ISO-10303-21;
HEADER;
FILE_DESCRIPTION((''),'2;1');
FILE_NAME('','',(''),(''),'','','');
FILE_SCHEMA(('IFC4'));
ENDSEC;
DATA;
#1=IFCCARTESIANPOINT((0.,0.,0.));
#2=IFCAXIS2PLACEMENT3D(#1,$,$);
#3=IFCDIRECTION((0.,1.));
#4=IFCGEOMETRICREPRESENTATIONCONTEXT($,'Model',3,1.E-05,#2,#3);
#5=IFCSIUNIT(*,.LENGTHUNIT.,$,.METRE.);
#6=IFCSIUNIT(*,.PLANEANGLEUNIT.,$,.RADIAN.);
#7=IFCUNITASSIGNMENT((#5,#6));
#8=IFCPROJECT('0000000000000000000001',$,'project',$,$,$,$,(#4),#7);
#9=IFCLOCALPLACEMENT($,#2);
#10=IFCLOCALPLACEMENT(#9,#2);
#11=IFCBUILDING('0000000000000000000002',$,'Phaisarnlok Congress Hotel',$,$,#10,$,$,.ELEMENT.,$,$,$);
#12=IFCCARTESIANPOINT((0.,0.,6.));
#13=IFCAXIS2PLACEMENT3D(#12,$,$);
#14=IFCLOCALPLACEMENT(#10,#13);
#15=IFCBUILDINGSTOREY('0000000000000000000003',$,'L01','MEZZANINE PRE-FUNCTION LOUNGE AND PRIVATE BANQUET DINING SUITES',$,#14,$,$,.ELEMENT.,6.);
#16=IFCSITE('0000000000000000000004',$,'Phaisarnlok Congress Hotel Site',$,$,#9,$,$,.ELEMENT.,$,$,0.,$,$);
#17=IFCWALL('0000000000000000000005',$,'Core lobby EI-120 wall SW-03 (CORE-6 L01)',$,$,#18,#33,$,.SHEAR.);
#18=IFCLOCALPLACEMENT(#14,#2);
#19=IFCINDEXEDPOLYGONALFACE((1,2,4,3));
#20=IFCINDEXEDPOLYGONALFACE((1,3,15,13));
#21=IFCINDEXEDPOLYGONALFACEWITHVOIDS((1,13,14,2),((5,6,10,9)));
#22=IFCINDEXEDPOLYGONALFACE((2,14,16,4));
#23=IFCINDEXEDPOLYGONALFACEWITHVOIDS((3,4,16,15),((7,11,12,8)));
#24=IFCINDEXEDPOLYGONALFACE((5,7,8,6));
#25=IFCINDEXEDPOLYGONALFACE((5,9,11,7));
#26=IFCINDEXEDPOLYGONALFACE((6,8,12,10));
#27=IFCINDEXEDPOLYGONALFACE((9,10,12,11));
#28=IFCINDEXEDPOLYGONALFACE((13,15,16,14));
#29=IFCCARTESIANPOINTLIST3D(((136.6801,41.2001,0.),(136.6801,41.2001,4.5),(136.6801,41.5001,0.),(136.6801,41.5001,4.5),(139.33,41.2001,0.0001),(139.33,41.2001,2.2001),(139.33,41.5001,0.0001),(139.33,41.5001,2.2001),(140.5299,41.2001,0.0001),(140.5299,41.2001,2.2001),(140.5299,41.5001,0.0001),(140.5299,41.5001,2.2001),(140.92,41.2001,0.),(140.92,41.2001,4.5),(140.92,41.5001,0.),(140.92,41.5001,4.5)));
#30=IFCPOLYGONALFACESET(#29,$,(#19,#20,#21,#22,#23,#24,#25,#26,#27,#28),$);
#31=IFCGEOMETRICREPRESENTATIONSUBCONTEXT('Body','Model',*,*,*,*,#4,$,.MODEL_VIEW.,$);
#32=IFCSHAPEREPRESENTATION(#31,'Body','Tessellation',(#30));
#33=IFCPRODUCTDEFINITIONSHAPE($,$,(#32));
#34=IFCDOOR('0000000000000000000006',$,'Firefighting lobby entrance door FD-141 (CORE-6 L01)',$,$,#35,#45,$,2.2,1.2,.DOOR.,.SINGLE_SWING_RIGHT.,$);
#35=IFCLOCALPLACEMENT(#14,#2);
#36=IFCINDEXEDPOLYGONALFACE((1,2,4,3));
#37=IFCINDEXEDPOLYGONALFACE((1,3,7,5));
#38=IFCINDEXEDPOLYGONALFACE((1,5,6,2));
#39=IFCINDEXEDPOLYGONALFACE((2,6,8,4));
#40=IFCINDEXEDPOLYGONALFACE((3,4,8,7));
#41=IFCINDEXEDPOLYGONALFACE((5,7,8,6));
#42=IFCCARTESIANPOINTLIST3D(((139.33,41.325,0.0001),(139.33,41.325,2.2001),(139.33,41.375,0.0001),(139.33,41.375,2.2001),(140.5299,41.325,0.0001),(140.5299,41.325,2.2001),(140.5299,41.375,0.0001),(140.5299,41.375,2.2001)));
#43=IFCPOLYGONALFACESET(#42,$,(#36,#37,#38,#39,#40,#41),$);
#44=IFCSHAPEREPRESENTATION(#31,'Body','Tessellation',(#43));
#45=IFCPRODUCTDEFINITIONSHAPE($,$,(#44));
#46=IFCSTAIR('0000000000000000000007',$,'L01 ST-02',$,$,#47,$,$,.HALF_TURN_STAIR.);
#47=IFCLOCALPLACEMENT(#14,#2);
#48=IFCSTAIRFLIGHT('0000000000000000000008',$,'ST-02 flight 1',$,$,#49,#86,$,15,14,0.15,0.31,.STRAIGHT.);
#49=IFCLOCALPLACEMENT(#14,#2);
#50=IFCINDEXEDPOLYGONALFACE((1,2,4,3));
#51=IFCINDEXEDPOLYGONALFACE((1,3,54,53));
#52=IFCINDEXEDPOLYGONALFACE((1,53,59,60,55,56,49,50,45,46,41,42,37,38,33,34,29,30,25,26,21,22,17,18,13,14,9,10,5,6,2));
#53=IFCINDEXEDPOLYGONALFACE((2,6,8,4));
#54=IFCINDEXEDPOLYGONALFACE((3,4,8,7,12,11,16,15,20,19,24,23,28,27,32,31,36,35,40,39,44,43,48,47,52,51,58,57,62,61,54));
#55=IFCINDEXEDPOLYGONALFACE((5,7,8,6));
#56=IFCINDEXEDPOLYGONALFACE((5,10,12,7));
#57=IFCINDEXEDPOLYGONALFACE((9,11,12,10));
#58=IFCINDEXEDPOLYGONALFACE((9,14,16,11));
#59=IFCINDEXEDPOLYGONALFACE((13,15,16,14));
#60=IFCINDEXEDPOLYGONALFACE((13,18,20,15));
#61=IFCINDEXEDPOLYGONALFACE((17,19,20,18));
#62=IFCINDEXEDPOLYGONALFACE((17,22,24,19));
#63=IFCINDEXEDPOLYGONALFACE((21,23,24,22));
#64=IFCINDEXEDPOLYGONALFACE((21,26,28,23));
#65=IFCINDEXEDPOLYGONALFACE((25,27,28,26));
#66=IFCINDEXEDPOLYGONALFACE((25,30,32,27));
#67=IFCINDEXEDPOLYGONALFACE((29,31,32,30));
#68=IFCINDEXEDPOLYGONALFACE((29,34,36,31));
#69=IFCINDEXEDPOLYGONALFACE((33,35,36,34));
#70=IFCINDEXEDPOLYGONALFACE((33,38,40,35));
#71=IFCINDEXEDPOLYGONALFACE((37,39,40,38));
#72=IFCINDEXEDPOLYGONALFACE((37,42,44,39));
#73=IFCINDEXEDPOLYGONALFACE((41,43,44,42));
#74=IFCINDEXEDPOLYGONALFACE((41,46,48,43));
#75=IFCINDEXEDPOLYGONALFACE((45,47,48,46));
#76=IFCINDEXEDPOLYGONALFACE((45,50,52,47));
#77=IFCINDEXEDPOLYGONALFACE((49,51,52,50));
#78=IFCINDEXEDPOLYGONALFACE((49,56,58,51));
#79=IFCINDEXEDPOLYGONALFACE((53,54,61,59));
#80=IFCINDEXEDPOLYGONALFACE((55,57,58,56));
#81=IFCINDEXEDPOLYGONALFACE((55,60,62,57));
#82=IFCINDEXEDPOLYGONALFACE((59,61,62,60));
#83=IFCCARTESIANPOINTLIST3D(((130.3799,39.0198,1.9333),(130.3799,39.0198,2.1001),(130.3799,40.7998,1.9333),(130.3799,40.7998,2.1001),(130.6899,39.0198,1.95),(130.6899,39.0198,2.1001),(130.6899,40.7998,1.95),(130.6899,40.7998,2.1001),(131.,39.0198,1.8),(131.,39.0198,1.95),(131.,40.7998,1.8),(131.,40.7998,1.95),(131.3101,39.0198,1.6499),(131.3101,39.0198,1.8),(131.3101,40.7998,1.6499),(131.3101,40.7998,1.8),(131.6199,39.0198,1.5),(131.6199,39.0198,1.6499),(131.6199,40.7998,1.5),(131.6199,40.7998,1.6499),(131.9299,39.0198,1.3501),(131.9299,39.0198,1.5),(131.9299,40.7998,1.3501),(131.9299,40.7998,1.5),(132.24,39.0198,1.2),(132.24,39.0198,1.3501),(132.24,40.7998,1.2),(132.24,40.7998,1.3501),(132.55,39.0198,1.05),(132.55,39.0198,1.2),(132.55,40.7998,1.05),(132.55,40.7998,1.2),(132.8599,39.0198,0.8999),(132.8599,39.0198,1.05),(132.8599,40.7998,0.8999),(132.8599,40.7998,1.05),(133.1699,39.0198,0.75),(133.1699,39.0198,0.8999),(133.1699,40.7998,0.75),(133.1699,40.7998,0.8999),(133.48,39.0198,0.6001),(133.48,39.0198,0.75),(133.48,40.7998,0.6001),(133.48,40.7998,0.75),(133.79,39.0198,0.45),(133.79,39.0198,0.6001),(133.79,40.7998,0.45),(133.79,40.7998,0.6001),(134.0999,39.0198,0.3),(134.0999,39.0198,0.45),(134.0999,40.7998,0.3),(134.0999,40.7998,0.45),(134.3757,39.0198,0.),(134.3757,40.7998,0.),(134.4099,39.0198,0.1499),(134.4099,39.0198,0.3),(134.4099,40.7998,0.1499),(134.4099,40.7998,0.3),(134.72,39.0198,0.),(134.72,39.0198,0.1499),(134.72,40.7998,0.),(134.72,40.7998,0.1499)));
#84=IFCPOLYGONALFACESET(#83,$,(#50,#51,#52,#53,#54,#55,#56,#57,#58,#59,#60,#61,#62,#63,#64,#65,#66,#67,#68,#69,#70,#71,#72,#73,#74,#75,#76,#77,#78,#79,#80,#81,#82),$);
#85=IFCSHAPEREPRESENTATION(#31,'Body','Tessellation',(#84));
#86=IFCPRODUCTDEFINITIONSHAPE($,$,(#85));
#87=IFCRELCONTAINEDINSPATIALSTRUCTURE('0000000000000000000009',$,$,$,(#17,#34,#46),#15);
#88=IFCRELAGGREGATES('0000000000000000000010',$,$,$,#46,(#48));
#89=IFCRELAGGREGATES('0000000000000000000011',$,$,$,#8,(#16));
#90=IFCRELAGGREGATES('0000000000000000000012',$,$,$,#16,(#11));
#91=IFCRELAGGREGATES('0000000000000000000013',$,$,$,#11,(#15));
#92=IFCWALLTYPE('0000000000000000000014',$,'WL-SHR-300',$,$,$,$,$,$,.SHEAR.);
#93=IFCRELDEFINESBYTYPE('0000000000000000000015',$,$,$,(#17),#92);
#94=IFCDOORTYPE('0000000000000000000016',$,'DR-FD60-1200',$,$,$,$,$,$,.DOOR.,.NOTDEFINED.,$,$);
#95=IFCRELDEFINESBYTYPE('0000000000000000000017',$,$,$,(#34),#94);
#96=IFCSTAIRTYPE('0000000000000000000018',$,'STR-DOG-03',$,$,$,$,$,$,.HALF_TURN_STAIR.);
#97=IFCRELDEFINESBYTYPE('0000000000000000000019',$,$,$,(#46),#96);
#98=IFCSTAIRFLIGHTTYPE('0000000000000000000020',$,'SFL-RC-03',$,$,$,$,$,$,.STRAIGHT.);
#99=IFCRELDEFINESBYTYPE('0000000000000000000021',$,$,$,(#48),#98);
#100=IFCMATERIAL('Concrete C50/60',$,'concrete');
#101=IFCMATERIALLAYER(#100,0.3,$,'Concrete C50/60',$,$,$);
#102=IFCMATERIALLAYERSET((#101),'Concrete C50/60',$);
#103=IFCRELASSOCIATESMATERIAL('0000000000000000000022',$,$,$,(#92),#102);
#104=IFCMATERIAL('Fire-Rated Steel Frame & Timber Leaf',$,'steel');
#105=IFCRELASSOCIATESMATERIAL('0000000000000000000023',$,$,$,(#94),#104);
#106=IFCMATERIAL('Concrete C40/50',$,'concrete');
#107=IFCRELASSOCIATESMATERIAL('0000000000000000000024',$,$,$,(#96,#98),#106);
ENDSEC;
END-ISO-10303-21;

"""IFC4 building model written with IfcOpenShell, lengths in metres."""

from ifc_helpers import new_model, si_unit, direction, frame, frame_2d, origin, place, context, subcontext, project, spatial, polyline, rectangle, outline, extrude, material, layer, layer_set, type_object, element, fill, aggregate, save


model = new_model("IFC4")

# Units and contexts
model_context = context("Model", 3, precision=1e-05, world=origin(), true_north=direction((0.0, 1.0)))
body_context = subcontext(model_context, "Body", "Model", "MODEL_VIEW")
ifc_project = project(units=[si_unit("LENGTHUNIT", "METRE"), si_unit("PLANEANGLEUNIT", "RADIAN")], contexts=[model_context])

# Site, building, storey
site_placement = place(None, origin())
site = spatial("IfcSite", under=ifc_project, at=site_placement, Name="Phaisarnlok Congress Hotel Site", CompositionType="ELEMENT", RefElevation=0.0)
building_placement = place(site_placement, origin())
building = spatial("IfcBuilding", under=site, at=building_placement, Name="Phaisarnlok Congress Hotel", CompositionType="ELEMENT")
storey_placement = place(building_placement, frame((0.0, 0.0, 6.0)))
storey = spatial("IfcBuildingStorey", under=building, at=storey_placement, Name="L01", Description="MEZZANINE PRE-FUNCTION LOUNGE AND PRIVATE BANQUET DINING SUITES", CompositionType="ELEMENT", Elevation=6.0)

# Shared definitions
ifc_material_1 = material(Name="Concrete C50/60", Category="concrete")

# Shared definitions
ifc_material_2 = material(Name="Concrete C40/50", Category="concrete")

# Wall, opening, door
ifc_layer_1 = layer(ifc_material_1, 0.3, Name="Concrete C50/60")
ifc_layer_set_1 = layer_set([ifc_layer_1], Name="Concrete C50/60")
wall_type_1 = type_object("IfcWallType", Name="WL-SHR-300", PredefinedType="SHEAR", material=ifc_layer_set_1)
wall_1_placement = place(storey_placement, frame((136.6799, 41.3501, 0.0), z_axis=(0.0, 0.0, 1.0), x_axis=(1.0, 0.0, 0.0)))
wall_1 = element("IfcWall", 1, at=wall_1_placement, inside=storey, type_object=wall_type_1, Name="Core lobby EI-120 wall SW-03 (CORE-6 L01)", PredefinedType="SHEAR", context=body_context, shape_type="SweptSolid", body=[
    extrude(rectangle(XDim=4.24, YDim=0.3, at=frame_2d((2.1201, 0.0))), origin(), (0.0, 0.0, 1.0), 4.5),
])
opening_1_placement = place(wall_1_placement, frame((2.6499, 0.0, 0.0)))
opening_1 = element("IfcOpeningElement", 2, at=opening_1_placement, cuts=wall_1, PredefinedType="OPENING", context=body_context, shape_type="SweptSolid", body=[
    extrude(rectangle(XDim=1.2, YDim=2.2, at=frame_2d((0.6001, 1.1001))), frame((0.0, 0.1602, 0.0), z_axis=(0.0, -1.0, 0.0), x_axis=(1.0, 0.0, 0.0)), (0.0, 0.0, 1.0), 0.3201),
])
ifc_material_3 = material(Name="Fire-Rated Steel Frame & Timber Leaf", Category="steel")
door_type_1 = type_object("IfcDoorType", Name="DR-FD60-1200", OperationType="NOTDEFINED", PredefinedType="DOOR", material=ifc_material_3)
door_1_placement = place(opening_1_placement, origin())
door_1 = element("IfcDoor", 3, at=door_1_placement, inside=storey, type_object=door_type_1, Name="Firefighting lobby entrance door FD-141 (CORE-6 L01)", OperationType="SINGLE_SWING_RIGHT", OverallHeight=2.2, OverallWidth=1.2, PredefinedType="DOOR", context=body_context, shape_type="SweptSolid", body=[
    extrude(rectangle(XDim=1.2, YDim=2.2, at=frame_2d((0.6001, 1.1001))), frame((0.0, 0.0249, 0.0), z_axis=(0.0, -1.0, 0.0), x_axis=(1.0, 0.0, 0.0)), (0.0, 0.0, 1.0), 0.05),
])
fill(opening_1, door_1)

# Stair, stair flight
stair_type = type_object("IfcStairType", Name="STR-DOG-03", PredefinedType="HALF_TURN_STAIR", material=ifc_material_2)
stair_placement = place(storey_placement, origin())
stair = element("IfcStair", 4, at=stair_placement, inside=storey, type_object=stair_type, Name="L01 ST-02", PredefinedType="HALF_TURN_STAIR")
stair_flight_type = type_object("IfcStairFlightType", Name="SFL-RC-03", PredefinedType="STRAIGHT", material=ifc_material_2)
stair_flight_placement = place(storey_placement, frame((134.72, 39.9099, 0.0), z_axis=(0.0, 0.0, 1.0), x_axis=(-1.0, 0.0, 0.0)))
stair_flight = element("IfcStairFlight", 5, at=stair_flight_placement, type_object=stair_flight_type, Name="ST-02 flight 1", NumberOfRisers=15, NumberOfTreads=14, PredefinedType="STRAIGHT", RiserHeight=0.15, TreadLength=0.31, context=body_context, shape_type="SweptSolid", body=[
    extrude(outline(polyline([(0.0, 0.0), (0.0, 0.1499), (0.3101, 0.1499), (0.3101, 0.3), (0.6201, 0.3), (0.6201, 0.45), (0.9299, 0.45), (0.9299, 0.6001), (1.24, 0.6001), (1.24, 0.75), (1.55, 0.75), (1.55, 0.8999), (1.8601, 0.8999), (1.8601, 1.05), (2.1699, 1.05), (2.1699, 1.2), (2.48, 1.2), (2.48, 1.3501), (2.79, 1.3501), (2.79, 1.5), (3.1001, 1.5), (3.1001, 1.6499), (3.4099, 1.6499), (3.4099, 1.8), (3.72, 1.8), (3.72, 1.95), (4.03, 1.95), (4.03, 2.1001), (4.3401, 2.1001), (4.3401, 2.25), (4.3401, 1.9333), (0.3442, 0.0), (0.0, 0.0)])), frame((0.0, 0.8901, 0.0), z_axis=(0.0, -1.0, 0.0), x_axis=(1.0, 0.0, 0.0)), (0.0, 0.0, 1.0), 1.78),
])
aggregate(stair, [stair_flight])

save(model, "model.ifc")
